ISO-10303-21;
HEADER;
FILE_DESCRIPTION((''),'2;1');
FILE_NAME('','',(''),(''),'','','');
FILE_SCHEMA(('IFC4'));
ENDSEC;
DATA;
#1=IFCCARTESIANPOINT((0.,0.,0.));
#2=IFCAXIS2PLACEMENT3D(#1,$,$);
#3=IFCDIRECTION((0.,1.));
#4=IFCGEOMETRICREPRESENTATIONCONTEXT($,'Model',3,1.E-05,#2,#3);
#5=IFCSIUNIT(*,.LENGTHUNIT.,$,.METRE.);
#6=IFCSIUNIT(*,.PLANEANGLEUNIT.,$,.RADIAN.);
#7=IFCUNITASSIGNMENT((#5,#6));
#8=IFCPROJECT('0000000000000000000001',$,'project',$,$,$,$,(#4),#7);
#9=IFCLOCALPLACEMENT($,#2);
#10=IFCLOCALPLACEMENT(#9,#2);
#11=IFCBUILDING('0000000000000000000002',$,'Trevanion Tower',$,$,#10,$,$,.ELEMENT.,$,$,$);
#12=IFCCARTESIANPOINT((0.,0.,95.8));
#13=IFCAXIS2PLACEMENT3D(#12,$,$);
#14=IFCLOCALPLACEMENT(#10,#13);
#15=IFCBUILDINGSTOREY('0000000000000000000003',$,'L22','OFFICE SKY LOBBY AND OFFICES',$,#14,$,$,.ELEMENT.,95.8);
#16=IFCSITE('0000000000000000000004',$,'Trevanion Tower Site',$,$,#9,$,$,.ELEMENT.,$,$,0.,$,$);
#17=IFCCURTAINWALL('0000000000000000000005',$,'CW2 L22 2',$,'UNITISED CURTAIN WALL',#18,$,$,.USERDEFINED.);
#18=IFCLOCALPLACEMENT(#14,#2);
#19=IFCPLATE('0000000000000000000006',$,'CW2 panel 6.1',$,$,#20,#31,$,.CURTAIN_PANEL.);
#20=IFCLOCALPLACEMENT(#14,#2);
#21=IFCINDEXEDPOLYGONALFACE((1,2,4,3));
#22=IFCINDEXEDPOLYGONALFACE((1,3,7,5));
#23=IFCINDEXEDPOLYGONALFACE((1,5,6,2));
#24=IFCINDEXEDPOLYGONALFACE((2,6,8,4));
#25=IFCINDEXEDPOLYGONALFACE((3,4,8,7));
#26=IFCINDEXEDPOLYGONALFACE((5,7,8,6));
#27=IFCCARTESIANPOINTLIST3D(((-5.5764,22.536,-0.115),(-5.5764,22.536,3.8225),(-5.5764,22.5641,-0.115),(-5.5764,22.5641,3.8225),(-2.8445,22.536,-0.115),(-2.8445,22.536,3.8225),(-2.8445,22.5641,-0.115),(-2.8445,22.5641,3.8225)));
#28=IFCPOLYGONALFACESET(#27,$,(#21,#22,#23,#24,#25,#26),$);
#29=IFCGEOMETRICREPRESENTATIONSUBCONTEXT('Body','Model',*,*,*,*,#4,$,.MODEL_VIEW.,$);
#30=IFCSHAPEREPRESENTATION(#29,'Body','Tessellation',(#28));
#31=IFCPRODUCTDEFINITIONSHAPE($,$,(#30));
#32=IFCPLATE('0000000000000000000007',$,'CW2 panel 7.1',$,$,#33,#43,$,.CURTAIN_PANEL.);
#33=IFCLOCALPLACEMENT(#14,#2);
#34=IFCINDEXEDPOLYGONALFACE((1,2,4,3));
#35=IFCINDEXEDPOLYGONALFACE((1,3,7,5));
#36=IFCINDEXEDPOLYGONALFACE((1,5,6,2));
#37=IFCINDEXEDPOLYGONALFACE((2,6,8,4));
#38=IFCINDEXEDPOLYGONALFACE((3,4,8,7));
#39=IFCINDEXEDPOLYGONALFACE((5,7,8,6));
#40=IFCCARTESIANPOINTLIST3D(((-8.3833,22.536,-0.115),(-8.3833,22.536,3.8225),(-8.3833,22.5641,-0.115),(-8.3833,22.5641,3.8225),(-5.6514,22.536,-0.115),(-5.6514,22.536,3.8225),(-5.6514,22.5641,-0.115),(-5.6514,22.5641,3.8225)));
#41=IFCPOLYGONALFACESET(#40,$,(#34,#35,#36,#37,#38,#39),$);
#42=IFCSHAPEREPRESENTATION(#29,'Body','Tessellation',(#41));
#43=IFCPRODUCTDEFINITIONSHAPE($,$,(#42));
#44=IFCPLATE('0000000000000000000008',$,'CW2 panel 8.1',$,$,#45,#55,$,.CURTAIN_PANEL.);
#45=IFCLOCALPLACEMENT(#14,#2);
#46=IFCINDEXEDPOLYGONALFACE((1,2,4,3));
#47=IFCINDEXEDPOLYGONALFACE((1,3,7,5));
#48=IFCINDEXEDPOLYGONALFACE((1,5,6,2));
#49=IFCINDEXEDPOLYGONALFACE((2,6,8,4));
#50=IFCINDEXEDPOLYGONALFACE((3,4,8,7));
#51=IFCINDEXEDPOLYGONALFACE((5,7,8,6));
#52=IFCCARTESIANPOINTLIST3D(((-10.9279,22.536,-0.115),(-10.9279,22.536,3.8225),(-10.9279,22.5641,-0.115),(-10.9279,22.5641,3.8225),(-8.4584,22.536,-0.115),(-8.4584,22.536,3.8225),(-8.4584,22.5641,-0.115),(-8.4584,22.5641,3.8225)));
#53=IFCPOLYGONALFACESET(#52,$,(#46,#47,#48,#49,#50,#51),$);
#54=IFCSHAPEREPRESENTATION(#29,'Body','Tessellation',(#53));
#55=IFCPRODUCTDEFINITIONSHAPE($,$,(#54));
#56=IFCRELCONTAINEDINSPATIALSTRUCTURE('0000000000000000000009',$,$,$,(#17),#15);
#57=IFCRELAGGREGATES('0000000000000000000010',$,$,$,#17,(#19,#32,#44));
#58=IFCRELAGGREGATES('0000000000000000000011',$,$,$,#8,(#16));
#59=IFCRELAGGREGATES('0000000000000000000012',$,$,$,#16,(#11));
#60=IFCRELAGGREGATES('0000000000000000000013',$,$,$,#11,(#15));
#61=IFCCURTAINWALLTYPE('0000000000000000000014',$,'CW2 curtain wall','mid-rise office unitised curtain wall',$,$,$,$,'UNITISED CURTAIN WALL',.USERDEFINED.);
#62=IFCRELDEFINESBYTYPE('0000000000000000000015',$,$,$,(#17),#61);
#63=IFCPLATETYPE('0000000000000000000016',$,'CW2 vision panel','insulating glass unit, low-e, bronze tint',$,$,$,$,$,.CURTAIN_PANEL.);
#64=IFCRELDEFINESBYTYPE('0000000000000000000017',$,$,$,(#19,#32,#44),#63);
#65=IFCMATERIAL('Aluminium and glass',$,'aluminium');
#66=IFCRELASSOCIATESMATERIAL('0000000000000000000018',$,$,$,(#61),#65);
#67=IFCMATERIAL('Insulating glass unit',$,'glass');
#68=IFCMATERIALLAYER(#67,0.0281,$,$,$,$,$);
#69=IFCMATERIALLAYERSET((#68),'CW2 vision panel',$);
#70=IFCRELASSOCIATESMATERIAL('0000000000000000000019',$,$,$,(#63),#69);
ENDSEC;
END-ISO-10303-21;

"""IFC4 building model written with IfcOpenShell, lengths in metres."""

from ifc_helpers import new_model, si_unit, direction, frame, origin, origin_2d, place, context, subcontext, project, spatial, rectangle, extrude, material, layer, layer_set, type_object, element, aggregate, save


model = new_model("IFC4")

# Units and contexts
model_context = context("Model", 3, precision=1e-05, world=origin(), true_north=direction((0.0, 1.0)))
body_context = subcontext(model_context, "Body", "Model", "MODEL_VIEW")
ifc_project = project(units=[si_unit("LENGTHUNIT", "METRE"), si_unit("PLANEANGLEUNIT", "RADIAN")], contexts=[model_context])

# Site, building, storey
site_placement = place(None, origin())
site = spatial("IfcSite", under=ifc_project, at=site_placement, Name="Trevanion Tower Site", CompositionType="ELEMENT", RefElevation=0.0)
building_placement = place(site_placement, origin())
building = spatial("IfcBuilding", under=site, at=building_placement, Name="Trevanion Tower", CompositionType="ELEMENT")
storey_placement = place(building_placement, frame((0.0, 0.0, 95.8)))
storey = spatial("IfcBuildingStorey", under=building, at=storey_placement, Name="L22", Description="OFFICE SKY LOBBY AND OFFICES", CompositionType="ELEMENT", Elevation=95.8)

# Curtain wall, plates
ifc_material_1 = material(Name="Aluminium and glass", Category="aluminium")
curtain_wall_type = type_object("IfcCurtainWallType", Name="CW2 curtain wall", Description="mid-rise office unitised curtain wall", ElementType="UNITISED CURTAIN WALL", PredefinedType="USERDEFINED", material=ifc_material_1)
curtain_wall_placement = place(storey_placement, origin())
curtain_wall = element("IfcCurtainWall", 1, at=curtain_wall_placement, inside=storey, type_object=curtain_wall_type, Name="CW2 L22 2", ObjectType="UNITISED CURTAIN WALL", PredefinedType="USERDEFINED")
ifc_material_2 = material(Name="Insulating glass unit", Category="glass")
ifc_layer_1 = layer(ifc_material_2, 0.0281)
ifc_layer_set_1 = layer_set([ifc_layer_1], Name="CW2 vision panel")
plate_type_1 = type_object("IfcPlateType", Name="CW2 vision panel", Description="insulating glass unit, low-e, bronze tint", PredefinedType="CURTAIN_PANEL", material=ifc_layer_set_1)
plate_1_placement = place(storey_placement, frame((-4.2104, 22.55, -0.115), z_axis=(0.0, 0.0, 1.0), x_axis=(-1.0, 0.0, 0.0)))
plate_1 = element("IfcPlate", 2, at=plate_1_placement, type_object=plate_type_1, Name="CW2 panel 6.1", PredefinedType="CURTAIN_PANEL", context=body_context, shape_type="SweptSolid", body=[
    extrude(rectangle(XDim=2.7319, YDim=0.0281, at=origin_2d()), origin(), (0.0, 0.0, 1.0), 3.9375),
])
plate_2_placement = place(storey_placement, frame((-7.0173, 22.55, -0.115), z_axis=(0.0, 0.0, 1.0), x_axis=(-1.0, 0.0, 0.0)))
plate_2 = element("IfcPlate", 3, at=plate_2_placement, type_object=plate_type_1, Name="CW2 panel 7.1", PredefinedType="CURTAIN_PANEL", context=body_context, shape_type="SweptSolid", body=[
    extrude(rectangle(XDim=2.7319, YDim=0.0281, at=origin_2d()), origin(), (0.0, 0.0, 1.0), 3.9375),
])
plate_3_placement = place(storey_placement, frame((-9.6931, 22.55, -0.115), z_axis=(0.0, 0.0, 1.0), x_axis=(-1.0, 0.0, 0.0)))
plate_3 = element("IfcPlate", 4, at=plate_3_placement, type_object=plate_type_1, Name="CW2 panel 8.1", PredefinedType="CURTAIN_PANEL", context=body_context, shape_type="SweptSolid", body=[
    extrude(rectangle(XDim=2.4695, YDim=0.0281, at=origin_2d()), origin(), (0.0, 0.0, 1.0), 3.9375),
])
aggregate(curtain_wall, [plate_1, plate_2, plate_3])

save(model, "model.ifc")
